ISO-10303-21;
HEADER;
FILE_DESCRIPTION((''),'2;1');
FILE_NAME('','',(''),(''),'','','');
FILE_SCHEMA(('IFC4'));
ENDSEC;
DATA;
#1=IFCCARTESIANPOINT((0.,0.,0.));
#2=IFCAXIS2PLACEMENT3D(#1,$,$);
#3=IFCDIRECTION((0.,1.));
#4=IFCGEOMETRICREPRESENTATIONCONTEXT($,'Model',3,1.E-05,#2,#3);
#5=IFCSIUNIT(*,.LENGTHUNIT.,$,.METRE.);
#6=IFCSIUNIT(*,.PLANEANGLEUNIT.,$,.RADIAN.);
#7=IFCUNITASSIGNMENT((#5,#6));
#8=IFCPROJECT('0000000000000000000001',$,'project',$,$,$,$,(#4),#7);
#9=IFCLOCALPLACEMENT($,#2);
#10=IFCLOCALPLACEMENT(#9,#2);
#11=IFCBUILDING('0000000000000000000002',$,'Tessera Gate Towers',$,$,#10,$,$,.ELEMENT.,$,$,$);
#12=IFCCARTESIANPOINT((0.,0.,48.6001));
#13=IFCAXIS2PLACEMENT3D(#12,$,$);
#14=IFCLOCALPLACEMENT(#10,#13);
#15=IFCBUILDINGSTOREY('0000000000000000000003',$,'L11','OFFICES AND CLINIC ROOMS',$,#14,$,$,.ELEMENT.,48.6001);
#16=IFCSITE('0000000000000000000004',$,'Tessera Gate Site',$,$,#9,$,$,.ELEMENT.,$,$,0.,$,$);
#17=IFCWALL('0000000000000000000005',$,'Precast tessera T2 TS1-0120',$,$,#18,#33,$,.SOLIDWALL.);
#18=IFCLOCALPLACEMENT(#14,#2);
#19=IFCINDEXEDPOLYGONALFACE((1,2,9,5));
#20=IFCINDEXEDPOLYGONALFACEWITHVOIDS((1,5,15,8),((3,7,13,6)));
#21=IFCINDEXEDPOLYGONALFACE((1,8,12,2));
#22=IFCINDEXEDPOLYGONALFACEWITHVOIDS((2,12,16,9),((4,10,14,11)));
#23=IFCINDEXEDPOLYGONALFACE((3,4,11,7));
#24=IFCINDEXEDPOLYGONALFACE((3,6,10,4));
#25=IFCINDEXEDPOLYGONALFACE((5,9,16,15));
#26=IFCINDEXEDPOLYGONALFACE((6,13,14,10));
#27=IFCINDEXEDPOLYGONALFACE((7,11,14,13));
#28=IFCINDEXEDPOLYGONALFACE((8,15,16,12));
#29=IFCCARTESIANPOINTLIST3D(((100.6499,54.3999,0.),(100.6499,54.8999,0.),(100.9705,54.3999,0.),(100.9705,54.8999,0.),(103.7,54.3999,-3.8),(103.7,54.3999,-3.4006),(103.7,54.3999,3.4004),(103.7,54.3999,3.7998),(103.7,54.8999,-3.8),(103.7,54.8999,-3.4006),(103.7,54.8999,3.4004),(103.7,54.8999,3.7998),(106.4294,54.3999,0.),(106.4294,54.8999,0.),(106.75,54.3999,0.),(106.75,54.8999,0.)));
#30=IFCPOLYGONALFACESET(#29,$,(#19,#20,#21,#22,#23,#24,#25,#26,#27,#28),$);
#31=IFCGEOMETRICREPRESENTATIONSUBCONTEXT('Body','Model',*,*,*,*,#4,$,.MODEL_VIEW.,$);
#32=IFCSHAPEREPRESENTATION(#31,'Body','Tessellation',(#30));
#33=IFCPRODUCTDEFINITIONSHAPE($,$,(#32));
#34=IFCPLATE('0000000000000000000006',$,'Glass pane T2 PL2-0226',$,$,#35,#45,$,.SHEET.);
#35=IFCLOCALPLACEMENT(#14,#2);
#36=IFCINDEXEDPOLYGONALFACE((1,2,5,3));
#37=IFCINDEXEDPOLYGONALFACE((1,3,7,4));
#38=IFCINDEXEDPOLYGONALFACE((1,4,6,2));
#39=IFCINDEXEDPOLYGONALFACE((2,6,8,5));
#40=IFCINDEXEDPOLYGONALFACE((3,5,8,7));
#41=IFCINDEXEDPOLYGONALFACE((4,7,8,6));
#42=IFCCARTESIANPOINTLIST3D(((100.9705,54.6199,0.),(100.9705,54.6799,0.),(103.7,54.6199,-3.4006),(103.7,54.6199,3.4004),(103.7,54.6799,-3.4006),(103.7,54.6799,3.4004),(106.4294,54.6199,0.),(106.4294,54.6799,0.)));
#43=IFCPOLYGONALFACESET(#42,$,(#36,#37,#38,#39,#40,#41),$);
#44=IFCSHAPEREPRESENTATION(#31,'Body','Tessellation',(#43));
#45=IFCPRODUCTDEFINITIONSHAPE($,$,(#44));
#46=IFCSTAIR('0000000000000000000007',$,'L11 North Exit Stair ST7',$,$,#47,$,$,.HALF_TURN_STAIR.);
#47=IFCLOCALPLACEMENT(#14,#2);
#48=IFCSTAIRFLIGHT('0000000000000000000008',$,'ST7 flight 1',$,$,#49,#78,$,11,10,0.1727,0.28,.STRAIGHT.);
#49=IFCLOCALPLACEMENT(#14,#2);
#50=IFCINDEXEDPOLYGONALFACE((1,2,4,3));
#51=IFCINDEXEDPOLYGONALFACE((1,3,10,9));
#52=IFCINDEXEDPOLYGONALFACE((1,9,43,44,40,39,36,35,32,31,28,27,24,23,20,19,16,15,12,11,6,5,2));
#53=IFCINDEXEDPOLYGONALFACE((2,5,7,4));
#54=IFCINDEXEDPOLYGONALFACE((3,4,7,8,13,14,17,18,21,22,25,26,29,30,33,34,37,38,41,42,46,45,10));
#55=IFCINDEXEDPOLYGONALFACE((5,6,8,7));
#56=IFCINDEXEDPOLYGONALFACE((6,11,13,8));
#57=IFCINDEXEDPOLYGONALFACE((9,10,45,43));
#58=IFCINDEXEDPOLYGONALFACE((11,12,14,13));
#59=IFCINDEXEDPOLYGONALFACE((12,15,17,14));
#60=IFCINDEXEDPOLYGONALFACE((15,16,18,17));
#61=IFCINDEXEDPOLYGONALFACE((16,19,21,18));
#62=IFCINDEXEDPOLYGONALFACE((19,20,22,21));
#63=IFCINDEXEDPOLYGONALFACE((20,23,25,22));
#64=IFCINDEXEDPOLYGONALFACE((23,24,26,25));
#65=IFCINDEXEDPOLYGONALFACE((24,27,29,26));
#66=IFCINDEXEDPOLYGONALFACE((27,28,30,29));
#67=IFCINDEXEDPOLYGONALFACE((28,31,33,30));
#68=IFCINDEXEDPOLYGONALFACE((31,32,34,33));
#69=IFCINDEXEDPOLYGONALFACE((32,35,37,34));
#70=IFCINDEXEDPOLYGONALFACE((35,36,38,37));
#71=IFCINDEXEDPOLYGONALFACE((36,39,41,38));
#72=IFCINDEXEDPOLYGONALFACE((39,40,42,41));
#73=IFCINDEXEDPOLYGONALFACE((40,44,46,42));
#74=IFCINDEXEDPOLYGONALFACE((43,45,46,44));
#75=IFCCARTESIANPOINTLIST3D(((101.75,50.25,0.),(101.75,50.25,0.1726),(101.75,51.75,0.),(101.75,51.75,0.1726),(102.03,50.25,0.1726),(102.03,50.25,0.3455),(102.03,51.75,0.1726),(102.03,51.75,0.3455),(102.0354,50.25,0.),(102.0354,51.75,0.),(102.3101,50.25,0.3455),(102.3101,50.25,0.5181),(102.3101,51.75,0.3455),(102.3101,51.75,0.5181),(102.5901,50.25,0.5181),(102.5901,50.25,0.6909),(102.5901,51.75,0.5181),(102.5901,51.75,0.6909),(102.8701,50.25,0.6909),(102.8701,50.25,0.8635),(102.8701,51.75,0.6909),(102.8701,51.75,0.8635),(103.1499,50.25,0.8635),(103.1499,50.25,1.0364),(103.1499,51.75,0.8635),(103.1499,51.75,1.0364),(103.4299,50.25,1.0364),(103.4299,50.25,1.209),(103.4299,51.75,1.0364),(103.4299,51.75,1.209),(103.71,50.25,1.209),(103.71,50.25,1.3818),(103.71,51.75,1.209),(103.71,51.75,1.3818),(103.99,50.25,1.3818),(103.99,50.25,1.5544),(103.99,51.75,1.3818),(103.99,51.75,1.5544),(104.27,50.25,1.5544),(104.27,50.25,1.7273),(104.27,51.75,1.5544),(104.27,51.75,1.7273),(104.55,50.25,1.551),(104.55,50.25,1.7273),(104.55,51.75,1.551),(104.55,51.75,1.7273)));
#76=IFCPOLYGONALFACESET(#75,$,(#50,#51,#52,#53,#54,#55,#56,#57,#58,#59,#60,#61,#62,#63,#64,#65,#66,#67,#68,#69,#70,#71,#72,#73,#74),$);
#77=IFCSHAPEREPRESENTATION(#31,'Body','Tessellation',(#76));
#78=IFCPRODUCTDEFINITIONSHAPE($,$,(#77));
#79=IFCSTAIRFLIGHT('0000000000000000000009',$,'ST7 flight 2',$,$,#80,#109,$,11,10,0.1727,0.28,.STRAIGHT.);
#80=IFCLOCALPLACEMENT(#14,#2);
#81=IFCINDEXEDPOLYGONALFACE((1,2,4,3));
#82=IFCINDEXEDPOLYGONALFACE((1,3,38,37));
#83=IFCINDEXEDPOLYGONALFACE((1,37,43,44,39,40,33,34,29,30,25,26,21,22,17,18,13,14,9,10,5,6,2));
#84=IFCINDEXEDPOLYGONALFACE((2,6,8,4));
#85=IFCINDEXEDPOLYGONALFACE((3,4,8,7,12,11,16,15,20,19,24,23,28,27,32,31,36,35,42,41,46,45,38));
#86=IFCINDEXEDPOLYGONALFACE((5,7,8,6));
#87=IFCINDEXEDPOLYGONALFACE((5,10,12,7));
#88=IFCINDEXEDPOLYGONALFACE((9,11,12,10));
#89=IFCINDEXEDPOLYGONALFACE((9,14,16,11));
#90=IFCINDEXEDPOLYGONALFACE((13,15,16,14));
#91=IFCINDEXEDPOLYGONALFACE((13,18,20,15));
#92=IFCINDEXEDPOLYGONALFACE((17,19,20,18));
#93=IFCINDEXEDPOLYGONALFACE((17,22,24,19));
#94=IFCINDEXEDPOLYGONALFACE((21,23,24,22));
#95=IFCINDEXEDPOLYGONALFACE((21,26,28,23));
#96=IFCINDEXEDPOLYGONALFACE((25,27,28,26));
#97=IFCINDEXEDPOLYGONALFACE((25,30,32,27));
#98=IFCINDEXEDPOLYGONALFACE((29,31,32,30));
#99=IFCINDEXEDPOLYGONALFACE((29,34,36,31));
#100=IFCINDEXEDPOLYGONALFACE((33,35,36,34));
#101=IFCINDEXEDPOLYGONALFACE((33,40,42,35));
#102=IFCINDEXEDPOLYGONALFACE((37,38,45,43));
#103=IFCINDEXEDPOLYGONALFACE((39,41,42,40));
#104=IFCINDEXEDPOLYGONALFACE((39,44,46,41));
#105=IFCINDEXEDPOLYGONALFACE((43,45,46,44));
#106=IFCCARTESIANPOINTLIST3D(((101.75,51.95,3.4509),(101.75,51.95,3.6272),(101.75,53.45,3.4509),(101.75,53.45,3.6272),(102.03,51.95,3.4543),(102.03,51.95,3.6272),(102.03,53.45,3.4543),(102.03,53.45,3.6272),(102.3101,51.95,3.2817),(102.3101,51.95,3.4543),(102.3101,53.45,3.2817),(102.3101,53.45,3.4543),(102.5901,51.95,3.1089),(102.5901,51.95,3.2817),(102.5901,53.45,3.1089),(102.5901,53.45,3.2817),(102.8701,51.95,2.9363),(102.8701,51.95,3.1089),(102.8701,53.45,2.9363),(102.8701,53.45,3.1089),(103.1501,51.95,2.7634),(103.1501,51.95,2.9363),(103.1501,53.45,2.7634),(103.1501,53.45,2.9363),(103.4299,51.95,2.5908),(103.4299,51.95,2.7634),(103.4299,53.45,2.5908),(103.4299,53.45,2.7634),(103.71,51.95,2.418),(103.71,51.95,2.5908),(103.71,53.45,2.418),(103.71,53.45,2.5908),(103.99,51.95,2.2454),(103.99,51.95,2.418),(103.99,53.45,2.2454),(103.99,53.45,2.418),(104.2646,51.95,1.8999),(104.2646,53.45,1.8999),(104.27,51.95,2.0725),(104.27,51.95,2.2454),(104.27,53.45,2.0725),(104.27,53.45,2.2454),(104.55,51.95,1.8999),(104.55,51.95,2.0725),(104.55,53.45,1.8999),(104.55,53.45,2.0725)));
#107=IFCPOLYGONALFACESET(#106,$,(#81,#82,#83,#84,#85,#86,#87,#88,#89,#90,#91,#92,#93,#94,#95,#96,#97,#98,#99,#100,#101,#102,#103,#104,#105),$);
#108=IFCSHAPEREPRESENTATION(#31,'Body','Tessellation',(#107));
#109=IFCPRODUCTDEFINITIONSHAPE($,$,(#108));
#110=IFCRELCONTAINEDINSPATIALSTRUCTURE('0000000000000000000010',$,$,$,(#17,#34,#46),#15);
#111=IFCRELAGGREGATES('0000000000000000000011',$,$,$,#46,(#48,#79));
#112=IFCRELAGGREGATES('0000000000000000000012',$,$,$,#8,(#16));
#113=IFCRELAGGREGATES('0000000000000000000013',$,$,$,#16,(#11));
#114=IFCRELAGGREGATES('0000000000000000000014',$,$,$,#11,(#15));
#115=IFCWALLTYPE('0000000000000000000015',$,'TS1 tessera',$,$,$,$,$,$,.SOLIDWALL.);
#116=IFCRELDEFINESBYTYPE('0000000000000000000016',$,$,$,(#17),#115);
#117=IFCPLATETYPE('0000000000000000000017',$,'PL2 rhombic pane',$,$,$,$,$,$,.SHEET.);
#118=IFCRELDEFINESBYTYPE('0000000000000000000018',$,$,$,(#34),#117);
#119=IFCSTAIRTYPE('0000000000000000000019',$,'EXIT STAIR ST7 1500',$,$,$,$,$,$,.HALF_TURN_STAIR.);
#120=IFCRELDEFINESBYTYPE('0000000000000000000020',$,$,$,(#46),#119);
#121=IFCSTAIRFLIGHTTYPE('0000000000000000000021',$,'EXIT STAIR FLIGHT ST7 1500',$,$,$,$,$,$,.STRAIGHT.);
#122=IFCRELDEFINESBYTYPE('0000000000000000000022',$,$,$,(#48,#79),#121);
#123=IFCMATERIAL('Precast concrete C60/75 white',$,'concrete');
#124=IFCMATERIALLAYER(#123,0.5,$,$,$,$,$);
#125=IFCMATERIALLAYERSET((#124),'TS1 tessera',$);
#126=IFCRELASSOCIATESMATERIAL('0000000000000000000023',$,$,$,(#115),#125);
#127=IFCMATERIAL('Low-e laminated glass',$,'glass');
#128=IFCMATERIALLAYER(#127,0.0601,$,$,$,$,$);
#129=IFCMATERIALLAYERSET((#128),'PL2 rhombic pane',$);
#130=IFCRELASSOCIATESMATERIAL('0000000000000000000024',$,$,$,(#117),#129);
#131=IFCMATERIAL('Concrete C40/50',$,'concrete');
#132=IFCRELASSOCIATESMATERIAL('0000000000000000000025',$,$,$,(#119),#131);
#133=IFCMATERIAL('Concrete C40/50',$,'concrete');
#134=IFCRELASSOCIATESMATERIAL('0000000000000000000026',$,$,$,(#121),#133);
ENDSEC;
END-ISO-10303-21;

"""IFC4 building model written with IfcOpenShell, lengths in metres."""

from ifc_helpers import new_model, si_unit, direction, frame, origin, place, context, subcontext, project, spatial, polyline, outline, extrude, source, transform, mapped, material, layer, layer_set, type_object, element, fill, aggregate, save


model = new_model("IFC4")

# Units and contexts
model_context = context("Model", 3, precision=1e-05, world=origin(), true_north=direction((0.0, 1.0)))
body_context = subcontext(model_context, "Body", "Model", "MODEL_VIEW")
ifc_project = project(units=[si_unit("LENGTHUNIT", "METRE"), si_unit("PLANEANGLEUNIT", "RADIAN")], contexts=[model_context])

# Site, building, storey
site_placement = place(None, origin())
site = spatial("IfcSite", under=ifc_project, at=site_placement, Name="Tessera Gate Site", CompositionType="ELEMENT", RefElevation=0.0)
building_placement = place(site_placement, origin())
building = spatial("IfcBuilding", under=site, at=building_placement, Name="Tessera Gate Towers", CompositionType="ELEMENT")
storey_placement = place(building_placement, frame((0.0, 0.0, 48.6001)))
storey = spatial("IfcBuildingStorey", under=building, at=storey_placement, Name="L11", Description="OFFICES AND CLINIC ROOMS", CompositionType="ELEMENT", Elevation=48.6001)

# Wall, opening, plate
ifc_material_1 = material(Name="Precast concrete C60/75 white", Category="concrete")
ifc_layer_1 = layer(ifc_material_1, 0.5)
ifc_layer_set_1 = layer_set([ifc_layer_1], Name="TS1 tessera")
wall_type_1 = type_object("IfcWallType", Name="TS1 tessera", PredefinedType="SOLIDWALL", material=ifc_layer_set_1)
shared_shape_1 = source(origin(), body_context, "Body", "SweptSolid", [
    extrude(outline(polyline([(3.05, 0.0), (6.1001, 3.8), (3.05, 7.5999), (0.0, 3.8), (3.05, 0.0)])), frame((0.0, 0.25, 0.0), z_axis=(0.0, -1.0, 0.0), x_axis=(1.0, 0.0, 0.0)), (0.0, 0.0, 1.0), 0.5),
])
wall_1_placement = place(storey_placement, frame((106.75, 54.6499, -3.8), z_axis=(0.0, 0.0, 1.0), x_axis=(-1.0, 0.0, 0.0)))
wall_1 = element("IfcWall", 1, at=wall_1_placement, inside=storey, type_object=wall_type_1, Name="Precast tessera T2 TS1-0120", PredefinedType="SOLIDWALL", context=body_context, shape_type="MappedRepresentation", body=[
    mapped(shared_shape_1, transform((0.0, 0.0, 0.0), scale=1.0)),
])
shared_shape_2 = source(origin(), body_context, "Body", "SweptSolid", [
    extrude(outline(polyline([(3.05, 0.3994), (5.7795, 3.8), (3.05, 7.2004), (0.3206, 3.8), (3.05, 0.3994)])), frame((0.0, 0.26, 0.0), z_axis=(0.0, -1.0, 0.0), x_axis=(1.0, 0.0, 0.0)), (0.0, 0.0, 1.0), 0.52),
])
opening_1_placement = place(wall_1_placement, origin())
opening_1 = element("IfcOpeningElement", 2, at=opening_1_placement, cuts=wall_1, PredefinedType="OPENING", context=body_context, shape_type="MappedRepresentation", body=[
    mapped(shared_shape_2, transform((0.0, 0.0, 0.0), scale=1.0)),
])
ifc_material_2 = material(Name="Low-e laminated glass", Category="glass")
ifc_layer_2 = layer(ifc_material_2, 0.0601)
ifc_layer_set_2 = layer_set([ifc_layer_2], Name="PL2 rhombic pane")
plate_type = type_object("IfcPlateType", Name="PL2 rhombic pane", PredefinedType="SHEET", material=ifc_layer_set_2)
shared_shape_3 = source(origin(), body_context, "Body", "SweptSolid", [
    extrude(outline(polyline([(3.05, 0.3994), (5.7795, 3.8), (3.05, 7.2004), (0.3206, 3.8), (3.05, 0.3994)])), frame((0.0, 0.03, 0.0), z_axis=(0.0, -1.0, 0.0), x_axis=(1.0, 0.0, 0.0)), (0.0, 0.0, 1.0), 0.0601),
])
plate_placement = place(opening_1_placement, origin())
plate = element("IfcPlate", 3, at=plate_placement, inside=storey, type_object=plate_type, Name="Glass pane T2 PL2-0226", PredefinedType="SHEET", context=body_context, shape_type="MappedRepresentation", body=[
    mapped(shared_shape_3, transform((0.0, 0.0, 0.0), scale=1.0)),
])
fill(opening_1, plate)

# Stair, stair flights
ifc_material_3 = material(Name="Concrete C40/50", Category="concrete")
stair_type = type_object("IfcStairType", Name="EXIT STAIR ST7 1500", PredefinedType="HALF_TURN_STAIR", material=ifc_material_3)
stair_placement = place(storey_placement, origin())
stair = element("IfcStair", 4, at=stair_placement, inside=storey, type_object=stair_type, Name="L11 North Exit Stair ST7", PredefinedType="HALF_TURN_STAIR")
ifc_material_4 = material(Name="Concrete C40/50", Category="concrete")
stair_flight_type = type_object("IfcStairFlightType", Name="EXIT STAIR FLIGHT ST7 1500", PredefinedType="STRAIGHT", material=ifc_material_4)
stair_flight_1_placement = place(storey_placement, frame((101.75, 51.0, 0.0), z_axis=(0.0, 0.0, 1.0), x_axis=(1.0, 0.0, 0.0)))
stair_flight_1 = element("IfcStairFlight", 5, at=stair_flight_1_placement, type_object=stair_flight_type, Name="ST7 flight 1", NumberOfRisers=11, NumberOfTreads=10, PredefinedType="STRAIGHT", RiserHeight=0.1727, TreadLength=0.28, context=body_context, shape_type="SweptSolid", body=[
    extrude(outline(polyline([(0.0, 0.0), (0.0, 0.1726), (0.28, 0.1726), (0.28, 0.3455), (0.5601, 0.3455), (0.5601, 0.5181), (0.8401, 0.5181), (0.8401, 0.6909), (1.1201, 0.6909), (1.1201, 0.8635), (1.3999, 0.8635), (1.3999, 1.0364), (1.6799, 1.0364), (1.6799, 1.209), (1.96, 1.209), (1.96, 1.3818), (2.24, 1.3818), (2.24, 1.5544), (2.52, 1.5544), (2.52, 1.7273), (2.8, 1.7273), (2.8, 1.8999), (2.8, 1.551), (0.2854, 0.0), (0.0, 0.0)])), frame((0.0, 0.75, 0.0), z_axis=(0.0, -1.0, 0.0), x_axis=(1.0, 0.0, 0.0)), (0.0, 0.0, 1.0), 1.5),
])
stair_flight_2_placement = place(storey_placement, frame((104.55, 52.7, 1.8999), z_axis=(0.0, 0.0, 1.0), x_axis=(-1.0, 0.0, 0.0)))
stair_flight_2 = element("IfcStairFlight", 6, at=stair_flight_2_placement, type_object=stair_flight_type, Name="ST7 flight 2", NumberOfRisers=11, NumberOfTreads=10, PredefinedType="STRAIGHT", RiserHeight=0.1727, TreadLength=0.28, context=body_context, shape_type="SweptSolid", body=[
    extrude(outline(polyline([(0.0, 0.0), (0.0, 0.1726), (0.28, 0.1726), (0.28, 0.3455), (0.5601, 0.3455), (0.5601, 0.5181), (0.8401, 0.5181), (0.8401, 0.6909), (1.1201, 0.6909), (1.1201, 0.8635), (1.3999, 0.8635), (1.3999, 1.0364), (1.6799, 1.0364), (1.6799, 1.209), (1.96, 1.209), (1.96, 1.3818), (2.24, 1.3818), (2.24, 1.5544), (2.52, 1.5544), (2.52, 1.7273), (2.8, 1.7273), (2.8, 1.8999), (2.8, 1.551), (0.2854, 0.0), (0.0, 0.0)])), frame((0.0, 0.75, 0.0), z_axis=(0.0, -1.0, 0.0), x_axis=(1.0, 0.0, 0.0)), (0.0, 0.0, 1.0), 1.5),
])
aggregate(stair, [stair_flight_1, stair_flight_2])

save(model, "model.ifc")
